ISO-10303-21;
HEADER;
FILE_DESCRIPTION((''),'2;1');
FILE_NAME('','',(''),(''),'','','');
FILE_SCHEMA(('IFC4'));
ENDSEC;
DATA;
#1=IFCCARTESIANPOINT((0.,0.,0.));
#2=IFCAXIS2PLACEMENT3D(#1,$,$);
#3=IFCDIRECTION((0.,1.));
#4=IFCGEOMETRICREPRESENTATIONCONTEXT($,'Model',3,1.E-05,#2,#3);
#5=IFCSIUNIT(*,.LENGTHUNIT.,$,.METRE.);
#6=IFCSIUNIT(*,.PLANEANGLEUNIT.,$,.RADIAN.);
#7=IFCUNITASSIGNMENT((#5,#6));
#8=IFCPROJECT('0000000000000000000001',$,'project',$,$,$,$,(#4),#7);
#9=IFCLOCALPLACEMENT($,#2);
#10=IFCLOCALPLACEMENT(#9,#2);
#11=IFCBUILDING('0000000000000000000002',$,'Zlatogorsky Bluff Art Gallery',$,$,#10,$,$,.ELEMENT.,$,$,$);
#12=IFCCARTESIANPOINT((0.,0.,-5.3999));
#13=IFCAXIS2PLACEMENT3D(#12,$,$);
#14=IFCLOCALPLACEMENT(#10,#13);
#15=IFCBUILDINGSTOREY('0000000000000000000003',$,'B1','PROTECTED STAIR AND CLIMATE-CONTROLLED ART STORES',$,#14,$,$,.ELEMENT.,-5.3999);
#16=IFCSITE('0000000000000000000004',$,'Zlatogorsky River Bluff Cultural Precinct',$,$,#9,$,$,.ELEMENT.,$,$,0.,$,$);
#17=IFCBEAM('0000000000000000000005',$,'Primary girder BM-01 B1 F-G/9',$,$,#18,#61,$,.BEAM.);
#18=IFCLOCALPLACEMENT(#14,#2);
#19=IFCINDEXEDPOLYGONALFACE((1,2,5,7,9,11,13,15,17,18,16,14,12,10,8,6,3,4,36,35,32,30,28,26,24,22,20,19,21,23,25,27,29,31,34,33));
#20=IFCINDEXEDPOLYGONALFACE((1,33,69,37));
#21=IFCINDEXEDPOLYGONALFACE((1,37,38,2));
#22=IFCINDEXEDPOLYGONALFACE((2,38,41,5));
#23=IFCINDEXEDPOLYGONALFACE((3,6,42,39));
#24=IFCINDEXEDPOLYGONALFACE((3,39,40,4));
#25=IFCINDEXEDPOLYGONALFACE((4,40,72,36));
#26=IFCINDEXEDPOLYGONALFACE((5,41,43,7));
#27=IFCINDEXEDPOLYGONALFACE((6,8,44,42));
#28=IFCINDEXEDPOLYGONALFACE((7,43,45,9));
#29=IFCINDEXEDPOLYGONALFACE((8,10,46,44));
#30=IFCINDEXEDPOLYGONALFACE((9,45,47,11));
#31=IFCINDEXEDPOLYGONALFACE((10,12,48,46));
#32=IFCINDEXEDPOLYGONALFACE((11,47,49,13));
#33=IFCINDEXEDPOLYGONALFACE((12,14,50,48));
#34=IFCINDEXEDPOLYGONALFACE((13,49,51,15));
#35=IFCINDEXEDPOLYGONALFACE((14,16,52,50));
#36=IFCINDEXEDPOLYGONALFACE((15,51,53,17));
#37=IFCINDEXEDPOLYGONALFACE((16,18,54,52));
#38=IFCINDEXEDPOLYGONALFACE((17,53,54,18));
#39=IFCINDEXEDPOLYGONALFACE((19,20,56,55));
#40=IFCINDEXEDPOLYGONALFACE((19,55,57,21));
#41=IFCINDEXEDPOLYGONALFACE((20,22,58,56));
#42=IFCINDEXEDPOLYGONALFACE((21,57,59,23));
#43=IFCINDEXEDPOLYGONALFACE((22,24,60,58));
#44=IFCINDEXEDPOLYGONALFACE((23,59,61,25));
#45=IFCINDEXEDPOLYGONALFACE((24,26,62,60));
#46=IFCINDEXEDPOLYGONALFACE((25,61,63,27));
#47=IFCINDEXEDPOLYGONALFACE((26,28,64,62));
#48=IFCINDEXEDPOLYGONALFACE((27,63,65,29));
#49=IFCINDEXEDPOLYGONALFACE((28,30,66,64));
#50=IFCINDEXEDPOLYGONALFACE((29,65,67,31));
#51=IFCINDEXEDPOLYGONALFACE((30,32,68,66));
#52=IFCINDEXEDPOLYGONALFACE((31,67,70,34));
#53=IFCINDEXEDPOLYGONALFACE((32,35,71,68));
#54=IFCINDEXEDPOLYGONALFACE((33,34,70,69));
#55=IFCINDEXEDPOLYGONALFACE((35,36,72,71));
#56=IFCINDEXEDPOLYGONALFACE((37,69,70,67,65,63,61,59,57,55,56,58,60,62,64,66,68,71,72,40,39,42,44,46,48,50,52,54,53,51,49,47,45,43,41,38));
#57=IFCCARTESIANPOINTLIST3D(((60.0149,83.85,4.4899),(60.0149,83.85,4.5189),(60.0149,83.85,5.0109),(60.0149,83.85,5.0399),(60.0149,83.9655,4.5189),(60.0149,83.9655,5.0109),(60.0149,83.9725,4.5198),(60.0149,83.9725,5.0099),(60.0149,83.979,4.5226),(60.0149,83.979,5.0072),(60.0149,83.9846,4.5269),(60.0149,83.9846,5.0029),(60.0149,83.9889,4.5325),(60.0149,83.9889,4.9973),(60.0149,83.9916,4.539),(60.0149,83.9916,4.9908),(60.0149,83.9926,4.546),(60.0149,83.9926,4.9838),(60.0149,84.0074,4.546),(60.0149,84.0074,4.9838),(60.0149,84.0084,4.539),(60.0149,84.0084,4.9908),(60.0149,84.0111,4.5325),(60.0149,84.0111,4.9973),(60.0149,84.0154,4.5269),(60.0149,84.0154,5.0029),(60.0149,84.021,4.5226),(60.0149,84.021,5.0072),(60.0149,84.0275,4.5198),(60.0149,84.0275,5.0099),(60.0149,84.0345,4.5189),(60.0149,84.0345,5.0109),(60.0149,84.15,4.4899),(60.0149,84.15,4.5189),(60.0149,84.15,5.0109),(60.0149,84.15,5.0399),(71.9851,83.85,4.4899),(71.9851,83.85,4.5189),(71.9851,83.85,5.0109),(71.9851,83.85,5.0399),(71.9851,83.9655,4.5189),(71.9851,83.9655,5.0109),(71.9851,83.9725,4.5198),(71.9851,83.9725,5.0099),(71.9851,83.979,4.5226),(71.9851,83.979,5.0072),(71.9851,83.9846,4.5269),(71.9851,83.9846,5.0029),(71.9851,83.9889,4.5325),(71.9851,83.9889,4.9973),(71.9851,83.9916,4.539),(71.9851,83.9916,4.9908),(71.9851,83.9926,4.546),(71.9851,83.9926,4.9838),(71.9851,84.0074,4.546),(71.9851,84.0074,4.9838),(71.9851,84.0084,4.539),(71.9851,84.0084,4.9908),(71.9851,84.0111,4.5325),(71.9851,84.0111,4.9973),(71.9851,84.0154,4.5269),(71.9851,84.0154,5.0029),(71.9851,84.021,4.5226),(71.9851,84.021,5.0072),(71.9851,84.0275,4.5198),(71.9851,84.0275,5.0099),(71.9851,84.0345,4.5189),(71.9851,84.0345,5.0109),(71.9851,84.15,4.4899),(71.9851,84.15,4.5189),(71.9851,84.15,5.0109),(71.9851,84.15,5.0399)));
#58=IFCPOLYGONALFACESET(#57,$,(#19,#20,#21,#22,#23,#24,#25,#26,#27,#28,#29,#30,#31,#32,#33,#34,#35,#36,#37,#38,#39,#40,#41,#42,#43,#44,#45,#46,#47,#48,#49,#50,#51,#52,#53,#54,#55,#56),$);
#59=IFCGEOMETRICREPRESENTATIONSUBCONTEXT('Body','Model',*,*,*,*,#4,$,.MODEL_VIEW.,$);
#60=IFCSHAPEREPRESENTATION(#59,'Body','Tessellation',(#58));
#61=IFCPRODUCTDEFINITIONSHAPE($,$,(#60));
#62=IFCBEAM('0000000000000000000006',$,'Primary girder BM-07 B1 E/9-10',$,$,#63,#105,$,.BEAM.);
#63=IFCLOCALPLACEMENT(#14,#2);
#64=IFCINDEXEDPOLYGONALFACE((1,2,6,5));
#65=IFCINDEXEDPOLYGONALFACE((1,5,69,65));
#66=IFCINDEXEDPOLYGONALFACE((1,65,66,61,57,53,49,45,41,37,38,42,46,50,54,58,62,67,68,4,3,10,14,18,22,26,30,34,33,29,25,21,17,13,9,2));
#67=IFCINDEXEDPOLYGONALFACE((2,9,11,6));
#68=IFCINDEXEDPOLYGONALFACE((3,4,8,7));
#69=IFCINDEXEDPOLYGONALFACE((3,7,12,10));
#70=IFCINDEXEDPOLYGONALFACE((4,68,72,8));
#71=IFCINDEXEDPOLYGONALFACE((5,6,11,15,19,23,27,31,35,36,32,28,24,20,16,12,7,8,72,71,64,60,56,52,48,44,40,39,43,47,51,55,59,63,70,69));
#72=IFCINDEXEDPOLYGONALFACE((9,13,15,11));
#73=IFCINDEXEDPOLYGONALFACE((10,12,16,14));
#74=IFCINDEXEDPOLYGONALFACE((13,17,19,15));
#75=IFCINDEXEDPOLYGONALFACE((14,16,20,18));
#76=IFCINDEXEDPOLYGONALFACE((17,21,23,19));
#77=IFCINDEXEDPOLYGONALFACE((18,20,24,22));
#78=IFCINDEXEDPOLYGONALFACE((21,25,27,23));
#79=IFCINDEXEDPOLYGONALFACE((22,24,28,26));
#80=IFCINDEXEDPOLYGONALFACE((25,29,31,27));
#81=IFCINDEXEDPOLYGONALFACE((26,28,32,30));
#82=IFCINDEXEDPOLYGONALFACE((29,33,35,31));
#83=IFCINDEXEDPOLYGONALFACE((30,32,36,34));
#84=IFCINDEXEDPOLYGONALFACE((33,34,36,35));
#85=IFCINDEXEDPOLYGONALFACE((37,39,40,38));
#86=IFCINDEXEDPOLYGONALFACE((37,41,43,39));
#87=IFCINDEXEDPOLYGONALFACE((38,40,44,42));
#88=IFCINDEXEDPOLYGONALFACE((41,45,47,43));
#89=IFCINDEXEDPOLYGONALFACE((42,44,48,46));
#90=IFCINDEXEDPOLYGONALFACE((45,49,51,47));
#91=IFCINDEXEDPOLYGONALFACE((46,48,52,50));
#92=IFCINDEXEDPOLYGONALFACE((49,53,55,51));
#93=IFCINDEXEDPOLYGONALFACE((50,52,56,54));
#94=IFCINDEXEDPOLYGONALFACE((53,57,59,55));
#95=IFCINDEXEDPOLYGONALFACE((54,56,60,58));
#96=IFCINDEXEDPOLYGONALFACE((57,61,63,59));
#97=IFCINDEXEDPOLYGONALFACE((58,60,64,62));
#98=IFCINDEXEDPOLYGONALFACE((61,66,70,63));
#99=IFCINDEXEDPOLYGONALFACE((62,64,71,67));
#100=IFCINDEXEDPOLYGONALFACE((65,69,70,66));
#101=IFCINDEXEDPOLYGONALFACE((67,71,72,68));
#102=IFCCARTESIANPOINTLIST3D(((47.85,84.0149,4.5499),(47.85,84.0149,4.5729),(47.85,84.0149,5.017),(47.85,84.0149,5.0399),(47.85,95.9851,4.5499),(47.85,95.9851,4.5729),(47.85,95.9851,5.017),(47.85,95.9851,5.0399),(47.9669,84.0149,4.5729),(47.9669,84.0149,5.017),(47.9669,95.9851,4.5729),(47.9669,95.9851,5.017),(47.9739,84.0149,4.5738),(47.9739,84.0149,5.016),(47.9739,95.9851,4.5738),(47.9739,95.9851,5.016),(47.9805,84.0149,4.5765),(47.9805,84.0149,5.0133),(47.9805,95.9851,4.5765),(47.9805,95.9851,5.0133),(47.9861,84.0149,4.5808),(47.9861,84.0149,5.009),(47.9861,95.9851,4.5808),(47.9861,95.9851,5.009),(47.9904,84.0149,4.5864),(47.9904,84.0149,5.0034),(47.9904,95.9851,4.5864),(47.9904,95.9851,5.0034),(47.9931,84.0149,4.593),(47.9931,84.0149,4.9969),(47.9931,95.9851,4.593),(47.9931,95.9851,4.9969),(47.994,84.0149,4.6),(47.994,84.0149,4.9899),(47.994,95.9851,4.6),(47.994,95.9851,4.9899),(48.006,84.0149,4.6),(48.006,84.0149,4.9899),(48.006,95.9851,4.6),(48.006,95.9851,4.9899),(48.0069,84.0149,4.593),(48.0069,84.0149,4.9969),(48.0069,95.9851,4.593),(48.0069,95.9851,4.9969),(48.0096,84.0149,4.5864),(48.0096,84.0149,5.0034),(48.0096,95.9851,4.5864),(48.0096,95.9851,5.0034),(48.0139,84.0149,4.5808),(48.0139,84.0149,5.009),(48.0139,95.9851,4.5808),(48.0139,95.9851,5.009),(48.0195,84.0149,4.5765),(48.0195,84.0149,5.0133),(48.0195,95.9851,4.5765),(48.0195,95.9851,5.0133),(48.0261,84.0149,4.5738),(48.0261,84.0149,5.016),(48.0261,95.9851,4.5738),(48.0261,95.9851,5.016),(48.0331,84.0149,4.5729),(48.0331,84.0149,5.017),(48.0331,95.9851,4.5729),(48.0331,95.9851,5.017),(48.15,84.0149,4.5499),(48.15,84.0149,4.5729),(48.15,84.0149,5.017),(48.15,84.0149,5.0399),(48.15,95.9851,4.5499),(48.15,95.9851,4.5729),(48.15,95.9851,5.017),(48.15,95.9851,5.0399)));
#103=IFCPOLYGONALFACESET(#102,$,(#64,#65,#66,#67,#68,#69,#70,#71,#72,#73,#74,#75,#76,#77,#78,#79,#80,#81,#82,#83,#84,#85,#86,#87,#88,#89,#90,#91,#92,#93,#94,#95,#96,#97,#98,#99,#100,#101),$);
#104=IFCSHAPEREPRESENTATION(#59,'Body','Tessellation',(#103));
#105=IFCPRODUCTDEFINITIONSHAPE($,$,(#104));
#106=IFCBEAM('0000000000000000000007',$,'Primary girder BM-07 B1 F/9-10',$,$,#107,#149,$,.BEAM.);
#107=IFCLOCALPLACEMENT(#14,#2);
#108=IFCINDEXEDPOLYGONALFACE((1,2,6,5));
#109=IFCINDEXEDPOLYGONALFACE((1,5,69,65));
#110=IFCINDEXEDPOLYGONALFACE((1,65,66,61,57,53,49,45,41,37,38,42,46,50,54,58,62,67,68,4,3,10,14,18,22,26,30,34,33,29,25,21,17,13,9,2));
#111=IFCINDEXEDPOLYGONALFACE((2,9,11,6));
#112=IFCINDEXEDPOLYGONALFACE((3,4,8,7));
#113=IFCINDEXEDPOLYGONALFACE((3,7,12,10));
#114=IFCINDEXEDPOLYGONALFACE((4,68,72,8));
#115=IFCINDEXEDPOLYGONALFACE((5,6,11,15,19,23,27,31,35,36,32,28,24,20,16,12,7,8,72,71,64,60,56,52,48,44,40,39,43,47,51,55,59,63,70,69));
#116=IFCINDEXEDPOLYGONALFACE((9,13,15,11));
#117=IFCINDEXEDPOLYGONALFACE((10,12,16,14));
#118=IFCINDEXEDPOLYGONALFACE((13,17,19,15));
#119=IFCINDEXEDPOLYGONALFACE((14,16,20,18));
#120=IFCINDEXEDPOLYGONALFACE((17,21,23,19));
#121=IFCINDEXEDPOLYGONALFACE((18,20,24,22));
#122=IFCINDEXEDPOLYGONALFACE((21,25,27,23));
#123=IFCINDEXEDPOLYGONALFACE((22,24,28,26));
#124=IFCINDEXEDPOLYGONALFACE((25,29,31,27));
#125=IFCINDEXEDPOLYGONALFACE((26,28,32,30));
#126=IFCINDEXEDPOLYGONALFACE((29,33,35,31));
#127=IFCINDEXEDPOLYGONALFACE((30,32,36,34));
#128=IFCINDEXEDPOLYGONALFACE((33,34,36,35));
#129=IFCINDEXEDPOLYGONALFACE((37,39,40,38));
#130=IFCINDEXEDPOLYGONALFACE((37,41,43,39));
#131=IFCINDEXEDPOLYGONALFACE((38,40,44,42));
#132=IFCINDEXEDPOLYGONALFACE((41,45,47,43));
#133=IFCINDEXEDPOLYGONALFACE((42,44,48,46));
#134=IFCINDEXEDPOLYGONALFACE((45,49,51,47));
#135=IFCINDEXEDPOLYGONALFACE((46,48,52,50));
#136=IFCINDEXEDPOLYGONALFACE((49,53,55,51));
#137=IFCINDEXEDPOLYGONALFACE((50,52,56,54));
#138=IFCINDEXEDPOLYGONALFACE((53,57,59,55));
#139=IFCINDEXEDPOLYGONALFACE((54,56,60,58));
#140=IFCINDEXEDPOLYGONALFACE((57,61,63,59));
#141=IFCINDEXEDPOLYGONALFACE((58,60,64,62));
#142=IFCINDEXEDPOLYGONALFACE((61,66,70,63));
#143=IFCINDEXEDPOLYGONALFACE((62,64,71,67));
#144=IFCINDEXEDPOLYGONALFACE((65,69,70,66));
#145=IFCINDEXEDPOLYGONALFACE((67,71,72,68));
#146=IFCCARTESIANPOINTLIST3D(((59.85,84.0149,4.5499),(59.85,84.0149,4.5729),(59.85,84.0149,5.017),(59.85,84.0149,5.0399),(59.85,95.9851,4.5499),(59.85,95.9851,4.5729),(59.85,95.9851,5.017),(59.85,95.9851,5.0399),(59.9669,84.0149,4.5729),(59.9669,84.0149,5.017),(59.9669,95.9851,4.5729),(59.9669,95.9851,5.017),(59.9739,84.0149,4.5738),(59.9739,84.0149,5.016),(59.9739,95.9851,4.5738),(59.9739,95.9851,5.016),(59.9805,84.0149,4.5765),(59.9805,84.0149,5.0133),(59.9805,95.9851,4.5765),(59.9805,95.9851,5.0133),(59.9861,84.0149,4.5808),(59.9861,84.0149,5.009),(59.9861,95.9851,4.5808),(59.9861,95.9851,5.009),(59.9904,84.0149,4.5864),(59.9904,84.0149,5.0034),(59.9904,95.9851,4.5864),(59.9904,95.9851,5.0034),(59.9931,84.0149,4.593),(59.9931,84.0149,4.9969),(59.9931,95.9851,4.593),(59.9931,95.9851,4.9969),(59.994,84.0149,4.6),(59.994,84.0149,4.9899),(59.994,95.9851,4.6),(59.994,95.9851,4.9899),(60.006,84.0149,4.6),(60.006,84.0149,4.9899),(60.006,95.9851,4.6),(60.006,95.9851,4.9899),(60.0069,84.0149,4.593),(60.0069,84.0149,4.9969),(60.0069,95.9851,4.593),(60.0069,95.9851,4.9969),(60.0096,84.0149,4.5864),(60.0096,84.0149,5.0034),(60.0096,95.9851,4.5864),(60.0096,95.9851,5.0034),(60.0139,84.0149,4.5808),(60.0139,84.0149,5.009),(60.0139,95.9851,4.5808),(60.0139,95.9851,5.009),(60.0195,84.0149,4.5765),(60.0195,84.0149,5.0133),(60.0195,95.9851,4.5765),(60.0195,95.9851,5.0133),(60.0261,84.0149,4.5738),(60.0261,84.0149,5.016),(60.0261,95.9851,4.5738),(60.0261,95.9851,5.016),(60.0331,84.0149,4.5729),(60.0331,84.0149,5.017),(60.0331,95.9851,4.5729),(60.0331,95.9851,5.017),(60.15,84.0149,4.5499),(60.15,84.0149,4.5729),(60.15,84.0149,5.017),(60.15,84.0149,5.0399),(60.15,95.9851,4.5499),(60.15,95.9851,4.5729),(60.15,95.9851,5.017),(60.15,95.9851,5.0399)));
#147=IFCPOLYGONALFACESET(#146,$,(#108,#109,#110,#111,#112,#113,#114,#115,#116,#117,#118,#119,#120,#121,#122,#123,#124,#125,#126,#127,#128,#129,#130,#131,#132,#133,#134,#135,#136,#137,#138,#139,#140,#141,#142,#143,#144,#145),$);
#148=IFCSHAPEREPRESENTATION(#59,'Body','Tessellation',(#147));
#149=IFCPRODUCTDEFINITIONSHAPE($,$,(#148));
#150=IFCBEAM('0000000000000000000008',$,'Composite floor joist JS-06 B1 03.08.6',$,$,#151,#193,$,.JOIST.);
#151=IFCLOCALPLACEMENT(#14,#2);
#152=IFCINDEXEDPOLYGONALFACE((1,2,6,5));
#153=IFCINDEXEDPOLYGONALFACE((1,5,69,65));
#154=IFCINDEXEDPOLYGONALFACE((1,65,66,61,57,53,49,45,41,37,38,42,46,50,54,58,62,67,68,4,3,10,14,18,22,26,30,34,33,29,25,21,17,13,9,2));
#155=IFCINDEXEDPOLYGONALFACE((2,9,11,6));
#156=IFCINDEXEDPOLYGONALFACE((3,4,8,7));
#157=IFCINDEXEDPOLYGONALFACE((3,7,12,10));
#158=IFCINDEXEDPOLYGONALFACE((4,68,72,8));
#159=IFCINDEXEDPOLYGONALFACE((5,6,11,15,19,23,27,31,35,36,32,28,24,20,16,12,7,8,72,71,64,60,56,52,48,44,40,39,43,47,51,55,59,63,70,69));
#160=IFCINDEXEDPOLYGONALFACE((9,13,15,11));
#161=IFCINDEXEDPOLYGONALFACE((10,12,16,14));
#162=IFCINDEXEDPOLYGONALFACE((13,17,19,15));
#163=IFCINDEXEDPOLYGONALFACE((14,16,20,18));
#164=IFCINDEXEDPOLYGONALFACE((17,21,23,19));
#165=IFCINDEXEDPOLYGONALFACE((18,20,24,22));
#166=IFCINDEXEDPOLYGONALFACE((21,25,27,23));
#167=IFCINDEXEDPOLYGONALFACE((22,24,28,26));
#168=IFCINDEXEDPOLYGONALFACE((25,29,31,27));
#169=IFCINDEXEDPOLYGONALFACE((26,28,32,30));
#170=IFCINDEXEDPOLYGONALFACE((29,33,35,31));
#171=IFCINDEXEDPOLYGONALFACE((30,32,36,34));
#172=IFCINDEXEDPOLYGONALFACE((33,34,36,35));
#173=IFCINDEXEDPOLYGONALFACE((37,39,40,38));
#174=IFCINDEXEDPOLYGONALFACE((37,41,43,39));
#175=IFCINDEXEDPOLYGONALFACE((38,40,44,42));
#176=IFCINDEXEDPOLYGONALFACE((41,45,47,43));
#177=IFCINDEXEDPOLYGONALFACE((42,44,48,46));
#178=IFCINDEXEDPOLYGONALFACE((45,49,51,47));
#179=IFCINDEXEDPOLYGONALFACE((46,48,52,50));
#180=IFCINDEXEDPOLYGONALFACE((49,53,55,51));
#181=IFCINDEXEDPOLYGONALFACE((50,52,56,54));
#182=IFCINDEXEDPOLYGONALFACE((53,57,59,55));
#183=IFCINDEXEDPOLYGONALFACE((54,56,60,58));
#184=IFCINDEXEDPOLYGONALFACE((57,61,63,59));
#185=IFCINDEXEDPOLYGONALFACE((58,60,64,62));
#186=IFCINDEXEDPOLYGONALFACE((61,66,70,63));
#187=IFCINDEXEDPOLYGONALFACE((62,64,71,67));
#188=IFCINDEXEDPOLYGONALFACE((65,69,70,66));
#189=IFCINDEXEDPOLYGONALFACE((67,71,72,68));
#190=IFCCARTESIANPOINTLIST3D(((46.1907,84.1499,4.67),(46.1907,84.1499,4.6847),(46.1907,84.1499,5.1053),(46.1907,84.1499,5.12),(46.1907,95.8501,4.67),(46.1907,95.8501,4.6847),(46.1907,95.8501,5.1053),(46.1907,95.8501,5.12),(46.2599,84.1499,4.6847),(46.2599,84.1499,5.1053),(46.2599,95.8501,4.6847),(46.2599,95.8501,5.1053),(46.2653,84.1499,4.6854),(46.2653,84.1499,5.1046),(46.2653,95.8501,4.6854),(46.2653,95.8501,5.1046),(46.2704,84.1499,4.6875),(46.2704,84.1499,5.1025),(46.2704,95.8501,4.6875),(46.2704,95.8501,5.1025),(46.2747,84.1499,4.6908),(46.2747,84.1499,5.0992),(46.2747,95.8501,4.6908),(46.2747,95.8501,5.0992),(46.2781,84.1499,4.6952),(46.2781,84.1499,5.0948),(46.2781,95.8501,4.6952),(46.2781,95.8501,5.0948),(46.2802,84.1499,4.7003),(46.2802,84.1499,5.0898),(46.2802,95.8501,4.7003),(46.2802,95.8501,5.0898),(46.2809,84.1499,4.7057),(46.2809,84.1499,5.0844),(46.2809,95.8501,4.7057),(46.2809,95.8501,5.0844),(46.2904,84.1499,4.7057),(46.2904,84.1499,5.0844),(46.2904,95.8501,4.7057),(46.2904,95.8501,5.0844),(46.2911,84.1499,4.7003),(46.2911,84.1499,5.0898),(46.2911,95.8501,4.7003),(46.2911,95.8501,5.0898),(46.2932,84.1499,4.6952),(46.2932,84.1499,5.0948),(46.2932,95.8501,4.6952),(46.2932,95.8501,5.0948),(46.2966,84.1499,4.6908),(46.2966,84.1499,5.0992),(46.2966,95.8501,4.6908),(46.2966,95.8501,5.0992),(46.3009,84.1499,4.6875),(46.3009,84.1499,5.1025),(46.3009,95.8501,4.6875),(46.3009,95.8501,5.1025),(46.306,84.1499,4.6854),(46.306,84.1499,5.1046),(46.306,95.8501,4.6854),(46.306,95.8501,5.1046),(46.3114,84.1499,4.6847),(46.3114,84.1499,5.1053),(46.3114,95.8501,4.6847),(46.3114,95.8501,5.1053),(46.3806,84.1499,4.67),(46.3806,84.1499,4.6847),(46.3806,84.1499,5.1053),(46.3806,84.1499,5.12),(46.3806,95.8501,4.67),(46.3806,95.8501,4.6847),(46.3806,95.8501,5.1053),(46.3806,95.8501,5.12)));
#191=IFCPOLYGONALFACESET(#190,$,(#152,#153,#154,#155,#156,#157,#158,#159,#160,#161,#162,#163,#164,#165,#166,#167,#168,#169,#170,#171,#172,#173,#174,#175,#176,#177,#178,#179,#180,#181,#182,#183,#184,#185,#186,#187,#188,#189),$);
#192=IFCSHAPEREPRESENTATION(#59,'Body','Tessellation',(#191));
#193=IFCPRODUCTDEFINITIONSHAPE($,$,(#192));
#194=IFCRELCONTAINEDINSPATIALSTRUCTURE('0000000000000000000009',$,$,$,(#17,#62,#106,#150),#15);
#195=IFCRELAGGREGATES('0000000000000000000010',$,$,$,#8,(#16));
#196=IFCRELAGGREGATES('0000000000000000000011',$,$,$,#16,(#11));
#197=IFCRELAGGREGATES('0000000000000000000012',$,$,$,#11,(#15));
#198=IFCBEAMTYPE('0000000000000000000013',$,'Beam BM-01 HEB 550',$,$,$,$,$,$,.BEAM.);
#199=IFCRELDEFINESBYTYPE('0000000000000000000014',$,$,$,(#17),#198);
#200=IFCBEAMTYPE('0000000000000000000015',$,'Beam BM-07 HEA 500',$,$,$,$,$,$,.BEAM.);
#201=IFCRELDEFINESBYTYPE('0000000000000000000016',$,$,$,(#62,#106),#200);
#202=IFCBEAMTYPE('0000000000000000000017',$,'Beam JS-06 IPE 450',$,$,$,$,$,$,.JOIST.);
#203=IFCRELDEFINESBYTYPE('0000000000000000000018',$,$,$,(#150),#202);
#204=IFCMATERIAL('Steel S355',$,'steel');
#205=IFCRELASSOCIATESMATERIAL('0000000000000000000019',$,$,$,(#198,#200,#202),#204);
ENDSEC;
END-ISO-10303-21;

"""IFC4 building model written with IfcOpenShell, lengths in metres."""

from ifc_helpers import new_model, si_unit, direction, frame, origin, origin_2d, place, context, subcontext, project, spatial, i_section, extrude, material, material_profile, profile_set, type_object, element, save


model = new_model("IFC4")

# Units and contexts
model_context = context("Model", 3, precision=1e-05, world=origin(), true_north=direction((0.0, 1.0)))
body_context = subcontext(model_context, "Body", "Model", "MODEL_VIEW")
ifc_project = project(units=[si_unit("LENGTHUNIT", "METRE"), si_unit("PLANEANGLEUNIT", "RADIAN")], contexts=[model_context])

# Site, building, storey
site_placement = place(None, origin())
site = spatial("IfcSite", under=ifc_project, at=site_placement, Name="Zlatogorsky River Bluff Cultural Precinct", CompositionType="ELEMENT", RefElevation=0.0)
building_placement = place(site_placement, origin())
building = spatial("IfcBuilding", under=site, at=building_placement, Name="Zlatogorsky Bluff Art Gallery", CompositionType="ELEMENT")
storey_placement = place(building_placement, frame((0.0, 0.0, -5.3999)))
storey = spatial("IfcBuildingStorey", under=building, at=storey_placement, Name="B1", Description="PROTECTED STAIR AND CLIMATE-CONTROLLED ART STORES", CompositionType="ELEMENT", Elevation=-5.3999)

# Shared definitions
ifc_material_1 = material(Name="Steel S355", Category="steel")

# Beams
ifc_material_profile_1 = material_profile(ifc_material_1, i_section(OverallWidth=0.3, OverallDepth=0.55, WebThickness=0.0149, FlangeThickness=0.0291, FilletRadius=0.0271, at=origin_2d()), Name="HEB 550")
ifc_profile_set_1 = profile_set([ifc_material_profile_1], Name="Steel S355")
beam_type_1 = type_object("IfcBeamType", Name="Beam BM-01 HEB 550", PredefinedType="BEAM", material=ifc_profile_set_1)
for number, where, z_axis, x_axis, name in (
    (1, (60.0149, 84.0, 4.7649), (1.0, 0.0, 0.0), (0.0, 1.0, 0.0), "Primary girder BM-01 B1 F-G/9"),
):
    element("IfcBeam", number, at=place(storey_placement, frame(where, z_axis=z_axis, x_axis=x_axis)), inside=storey, type_object=beam_type_1, Name=name, PredefinedType="BEAM", context=body_context, shape_type="SweptSolid", body=[
        extrude(i_section(OverallWidth=0.3, OverallDepth=0.55, WebThickness=0.0149, FlangeThickness=0.0291, FilletRadius=0.0271, at=origin_2d()), origin(), (0.0, 0.0, 1.0), 11.9702),
    ])
ifc_material_profile_2 = material_profile(ifc_material_1, i_section(OverallWidth=0.3, OverallDepth=0.49, WebThickness=0.012, FlangeThickness=0.0229, FilletRadius=0.0271, at=origin_2d()), Name="HEA 500")
ifc_profile_set_2 = profile_set([ifc_material_profile_2], Name="Steel S355")
beam_type_2 = type_object("IfcBeamType", Name="Beam BM-07 HEA 500", PredefinedType="BEAM", material=ifc_profile_set_2)
for number, where, z_axis, x_axis, name in (
    (2, (48.0, 84.0149, 4.7949), (0.0, 1.0, 0.0), (-1.0, 0.0, 0.0), "Primary girder BM-07 B1 E/9-10"),
    (3, (60.0, 84.0149, 4.7949), (0.0, 1.0, 0.0), (-1.0, 0.0, 0.0), "Primary girder BM-07 B1 F/9-10"),
):
    element("IfcBeam", number, at=place(storey_placement, frame(where, z_axis=z_axis, x_axis=x_axis)), inside=storey, type_object=beam_type_2, Name=name, PredefinedType="BEAM", context=body_context, shape_type="SweptSolid", body=[
        extrude(i_section(OverallWidth=0.3, OverallDepth=0.49, WebThickness=0.012, FlangeThickness=0.0229, FilletRadius=0.0271, at=origin_2d()), origin(), (0.0, 0.0, 1.0), 11.9702),
    ])
ifc_material_profile_3 = material_profile(ifc_material_1, i_section(OverallWidth=0.1899, OverallDepth=0.45, WebThickness=0.0095, FlangeThickness=0.0146, FilletRadius=0.021, at=origin_2d()), Name="IPE 450")
ifc_profile_set_3 = profile_set([ifc_material_profile_3], Name="Steel S355")
beam_type_3 = type_object("IfcBeamType", Name="Beam JS-06 IPE 450", PredefinedType="JOIST", material=ifc_profile_set_3)
for number, where, z_axis, x_axis, name in (
    (4, (46.2856, 84.1499, 4.895), (0.0, 1.0, 0.0), (-1.0, 0.0, 0.0), "Composite floor joist JS-06 B1 03.08.6"),
):
    element("IfcBeam", number, at=place(storey_placement, frame(where, z_axis=z_axis, x_axis=x_axis)), inside=storey, type_object=beam_type_3, Name=name, PredefinedType="JOIST", context=body_context, shape_type="SweptSolid", body=[
        extrude(i_section(OverallWidth=0.1899, OverallDepth=0.45, WebThickness=0.0095, FlangeThickness=0.0146, FilletRadius=0.021, at=origin_2d()), origin(), (0.0, 0.0, 1.0), 11.7002),
    ])

save(model, "model.ifc")
